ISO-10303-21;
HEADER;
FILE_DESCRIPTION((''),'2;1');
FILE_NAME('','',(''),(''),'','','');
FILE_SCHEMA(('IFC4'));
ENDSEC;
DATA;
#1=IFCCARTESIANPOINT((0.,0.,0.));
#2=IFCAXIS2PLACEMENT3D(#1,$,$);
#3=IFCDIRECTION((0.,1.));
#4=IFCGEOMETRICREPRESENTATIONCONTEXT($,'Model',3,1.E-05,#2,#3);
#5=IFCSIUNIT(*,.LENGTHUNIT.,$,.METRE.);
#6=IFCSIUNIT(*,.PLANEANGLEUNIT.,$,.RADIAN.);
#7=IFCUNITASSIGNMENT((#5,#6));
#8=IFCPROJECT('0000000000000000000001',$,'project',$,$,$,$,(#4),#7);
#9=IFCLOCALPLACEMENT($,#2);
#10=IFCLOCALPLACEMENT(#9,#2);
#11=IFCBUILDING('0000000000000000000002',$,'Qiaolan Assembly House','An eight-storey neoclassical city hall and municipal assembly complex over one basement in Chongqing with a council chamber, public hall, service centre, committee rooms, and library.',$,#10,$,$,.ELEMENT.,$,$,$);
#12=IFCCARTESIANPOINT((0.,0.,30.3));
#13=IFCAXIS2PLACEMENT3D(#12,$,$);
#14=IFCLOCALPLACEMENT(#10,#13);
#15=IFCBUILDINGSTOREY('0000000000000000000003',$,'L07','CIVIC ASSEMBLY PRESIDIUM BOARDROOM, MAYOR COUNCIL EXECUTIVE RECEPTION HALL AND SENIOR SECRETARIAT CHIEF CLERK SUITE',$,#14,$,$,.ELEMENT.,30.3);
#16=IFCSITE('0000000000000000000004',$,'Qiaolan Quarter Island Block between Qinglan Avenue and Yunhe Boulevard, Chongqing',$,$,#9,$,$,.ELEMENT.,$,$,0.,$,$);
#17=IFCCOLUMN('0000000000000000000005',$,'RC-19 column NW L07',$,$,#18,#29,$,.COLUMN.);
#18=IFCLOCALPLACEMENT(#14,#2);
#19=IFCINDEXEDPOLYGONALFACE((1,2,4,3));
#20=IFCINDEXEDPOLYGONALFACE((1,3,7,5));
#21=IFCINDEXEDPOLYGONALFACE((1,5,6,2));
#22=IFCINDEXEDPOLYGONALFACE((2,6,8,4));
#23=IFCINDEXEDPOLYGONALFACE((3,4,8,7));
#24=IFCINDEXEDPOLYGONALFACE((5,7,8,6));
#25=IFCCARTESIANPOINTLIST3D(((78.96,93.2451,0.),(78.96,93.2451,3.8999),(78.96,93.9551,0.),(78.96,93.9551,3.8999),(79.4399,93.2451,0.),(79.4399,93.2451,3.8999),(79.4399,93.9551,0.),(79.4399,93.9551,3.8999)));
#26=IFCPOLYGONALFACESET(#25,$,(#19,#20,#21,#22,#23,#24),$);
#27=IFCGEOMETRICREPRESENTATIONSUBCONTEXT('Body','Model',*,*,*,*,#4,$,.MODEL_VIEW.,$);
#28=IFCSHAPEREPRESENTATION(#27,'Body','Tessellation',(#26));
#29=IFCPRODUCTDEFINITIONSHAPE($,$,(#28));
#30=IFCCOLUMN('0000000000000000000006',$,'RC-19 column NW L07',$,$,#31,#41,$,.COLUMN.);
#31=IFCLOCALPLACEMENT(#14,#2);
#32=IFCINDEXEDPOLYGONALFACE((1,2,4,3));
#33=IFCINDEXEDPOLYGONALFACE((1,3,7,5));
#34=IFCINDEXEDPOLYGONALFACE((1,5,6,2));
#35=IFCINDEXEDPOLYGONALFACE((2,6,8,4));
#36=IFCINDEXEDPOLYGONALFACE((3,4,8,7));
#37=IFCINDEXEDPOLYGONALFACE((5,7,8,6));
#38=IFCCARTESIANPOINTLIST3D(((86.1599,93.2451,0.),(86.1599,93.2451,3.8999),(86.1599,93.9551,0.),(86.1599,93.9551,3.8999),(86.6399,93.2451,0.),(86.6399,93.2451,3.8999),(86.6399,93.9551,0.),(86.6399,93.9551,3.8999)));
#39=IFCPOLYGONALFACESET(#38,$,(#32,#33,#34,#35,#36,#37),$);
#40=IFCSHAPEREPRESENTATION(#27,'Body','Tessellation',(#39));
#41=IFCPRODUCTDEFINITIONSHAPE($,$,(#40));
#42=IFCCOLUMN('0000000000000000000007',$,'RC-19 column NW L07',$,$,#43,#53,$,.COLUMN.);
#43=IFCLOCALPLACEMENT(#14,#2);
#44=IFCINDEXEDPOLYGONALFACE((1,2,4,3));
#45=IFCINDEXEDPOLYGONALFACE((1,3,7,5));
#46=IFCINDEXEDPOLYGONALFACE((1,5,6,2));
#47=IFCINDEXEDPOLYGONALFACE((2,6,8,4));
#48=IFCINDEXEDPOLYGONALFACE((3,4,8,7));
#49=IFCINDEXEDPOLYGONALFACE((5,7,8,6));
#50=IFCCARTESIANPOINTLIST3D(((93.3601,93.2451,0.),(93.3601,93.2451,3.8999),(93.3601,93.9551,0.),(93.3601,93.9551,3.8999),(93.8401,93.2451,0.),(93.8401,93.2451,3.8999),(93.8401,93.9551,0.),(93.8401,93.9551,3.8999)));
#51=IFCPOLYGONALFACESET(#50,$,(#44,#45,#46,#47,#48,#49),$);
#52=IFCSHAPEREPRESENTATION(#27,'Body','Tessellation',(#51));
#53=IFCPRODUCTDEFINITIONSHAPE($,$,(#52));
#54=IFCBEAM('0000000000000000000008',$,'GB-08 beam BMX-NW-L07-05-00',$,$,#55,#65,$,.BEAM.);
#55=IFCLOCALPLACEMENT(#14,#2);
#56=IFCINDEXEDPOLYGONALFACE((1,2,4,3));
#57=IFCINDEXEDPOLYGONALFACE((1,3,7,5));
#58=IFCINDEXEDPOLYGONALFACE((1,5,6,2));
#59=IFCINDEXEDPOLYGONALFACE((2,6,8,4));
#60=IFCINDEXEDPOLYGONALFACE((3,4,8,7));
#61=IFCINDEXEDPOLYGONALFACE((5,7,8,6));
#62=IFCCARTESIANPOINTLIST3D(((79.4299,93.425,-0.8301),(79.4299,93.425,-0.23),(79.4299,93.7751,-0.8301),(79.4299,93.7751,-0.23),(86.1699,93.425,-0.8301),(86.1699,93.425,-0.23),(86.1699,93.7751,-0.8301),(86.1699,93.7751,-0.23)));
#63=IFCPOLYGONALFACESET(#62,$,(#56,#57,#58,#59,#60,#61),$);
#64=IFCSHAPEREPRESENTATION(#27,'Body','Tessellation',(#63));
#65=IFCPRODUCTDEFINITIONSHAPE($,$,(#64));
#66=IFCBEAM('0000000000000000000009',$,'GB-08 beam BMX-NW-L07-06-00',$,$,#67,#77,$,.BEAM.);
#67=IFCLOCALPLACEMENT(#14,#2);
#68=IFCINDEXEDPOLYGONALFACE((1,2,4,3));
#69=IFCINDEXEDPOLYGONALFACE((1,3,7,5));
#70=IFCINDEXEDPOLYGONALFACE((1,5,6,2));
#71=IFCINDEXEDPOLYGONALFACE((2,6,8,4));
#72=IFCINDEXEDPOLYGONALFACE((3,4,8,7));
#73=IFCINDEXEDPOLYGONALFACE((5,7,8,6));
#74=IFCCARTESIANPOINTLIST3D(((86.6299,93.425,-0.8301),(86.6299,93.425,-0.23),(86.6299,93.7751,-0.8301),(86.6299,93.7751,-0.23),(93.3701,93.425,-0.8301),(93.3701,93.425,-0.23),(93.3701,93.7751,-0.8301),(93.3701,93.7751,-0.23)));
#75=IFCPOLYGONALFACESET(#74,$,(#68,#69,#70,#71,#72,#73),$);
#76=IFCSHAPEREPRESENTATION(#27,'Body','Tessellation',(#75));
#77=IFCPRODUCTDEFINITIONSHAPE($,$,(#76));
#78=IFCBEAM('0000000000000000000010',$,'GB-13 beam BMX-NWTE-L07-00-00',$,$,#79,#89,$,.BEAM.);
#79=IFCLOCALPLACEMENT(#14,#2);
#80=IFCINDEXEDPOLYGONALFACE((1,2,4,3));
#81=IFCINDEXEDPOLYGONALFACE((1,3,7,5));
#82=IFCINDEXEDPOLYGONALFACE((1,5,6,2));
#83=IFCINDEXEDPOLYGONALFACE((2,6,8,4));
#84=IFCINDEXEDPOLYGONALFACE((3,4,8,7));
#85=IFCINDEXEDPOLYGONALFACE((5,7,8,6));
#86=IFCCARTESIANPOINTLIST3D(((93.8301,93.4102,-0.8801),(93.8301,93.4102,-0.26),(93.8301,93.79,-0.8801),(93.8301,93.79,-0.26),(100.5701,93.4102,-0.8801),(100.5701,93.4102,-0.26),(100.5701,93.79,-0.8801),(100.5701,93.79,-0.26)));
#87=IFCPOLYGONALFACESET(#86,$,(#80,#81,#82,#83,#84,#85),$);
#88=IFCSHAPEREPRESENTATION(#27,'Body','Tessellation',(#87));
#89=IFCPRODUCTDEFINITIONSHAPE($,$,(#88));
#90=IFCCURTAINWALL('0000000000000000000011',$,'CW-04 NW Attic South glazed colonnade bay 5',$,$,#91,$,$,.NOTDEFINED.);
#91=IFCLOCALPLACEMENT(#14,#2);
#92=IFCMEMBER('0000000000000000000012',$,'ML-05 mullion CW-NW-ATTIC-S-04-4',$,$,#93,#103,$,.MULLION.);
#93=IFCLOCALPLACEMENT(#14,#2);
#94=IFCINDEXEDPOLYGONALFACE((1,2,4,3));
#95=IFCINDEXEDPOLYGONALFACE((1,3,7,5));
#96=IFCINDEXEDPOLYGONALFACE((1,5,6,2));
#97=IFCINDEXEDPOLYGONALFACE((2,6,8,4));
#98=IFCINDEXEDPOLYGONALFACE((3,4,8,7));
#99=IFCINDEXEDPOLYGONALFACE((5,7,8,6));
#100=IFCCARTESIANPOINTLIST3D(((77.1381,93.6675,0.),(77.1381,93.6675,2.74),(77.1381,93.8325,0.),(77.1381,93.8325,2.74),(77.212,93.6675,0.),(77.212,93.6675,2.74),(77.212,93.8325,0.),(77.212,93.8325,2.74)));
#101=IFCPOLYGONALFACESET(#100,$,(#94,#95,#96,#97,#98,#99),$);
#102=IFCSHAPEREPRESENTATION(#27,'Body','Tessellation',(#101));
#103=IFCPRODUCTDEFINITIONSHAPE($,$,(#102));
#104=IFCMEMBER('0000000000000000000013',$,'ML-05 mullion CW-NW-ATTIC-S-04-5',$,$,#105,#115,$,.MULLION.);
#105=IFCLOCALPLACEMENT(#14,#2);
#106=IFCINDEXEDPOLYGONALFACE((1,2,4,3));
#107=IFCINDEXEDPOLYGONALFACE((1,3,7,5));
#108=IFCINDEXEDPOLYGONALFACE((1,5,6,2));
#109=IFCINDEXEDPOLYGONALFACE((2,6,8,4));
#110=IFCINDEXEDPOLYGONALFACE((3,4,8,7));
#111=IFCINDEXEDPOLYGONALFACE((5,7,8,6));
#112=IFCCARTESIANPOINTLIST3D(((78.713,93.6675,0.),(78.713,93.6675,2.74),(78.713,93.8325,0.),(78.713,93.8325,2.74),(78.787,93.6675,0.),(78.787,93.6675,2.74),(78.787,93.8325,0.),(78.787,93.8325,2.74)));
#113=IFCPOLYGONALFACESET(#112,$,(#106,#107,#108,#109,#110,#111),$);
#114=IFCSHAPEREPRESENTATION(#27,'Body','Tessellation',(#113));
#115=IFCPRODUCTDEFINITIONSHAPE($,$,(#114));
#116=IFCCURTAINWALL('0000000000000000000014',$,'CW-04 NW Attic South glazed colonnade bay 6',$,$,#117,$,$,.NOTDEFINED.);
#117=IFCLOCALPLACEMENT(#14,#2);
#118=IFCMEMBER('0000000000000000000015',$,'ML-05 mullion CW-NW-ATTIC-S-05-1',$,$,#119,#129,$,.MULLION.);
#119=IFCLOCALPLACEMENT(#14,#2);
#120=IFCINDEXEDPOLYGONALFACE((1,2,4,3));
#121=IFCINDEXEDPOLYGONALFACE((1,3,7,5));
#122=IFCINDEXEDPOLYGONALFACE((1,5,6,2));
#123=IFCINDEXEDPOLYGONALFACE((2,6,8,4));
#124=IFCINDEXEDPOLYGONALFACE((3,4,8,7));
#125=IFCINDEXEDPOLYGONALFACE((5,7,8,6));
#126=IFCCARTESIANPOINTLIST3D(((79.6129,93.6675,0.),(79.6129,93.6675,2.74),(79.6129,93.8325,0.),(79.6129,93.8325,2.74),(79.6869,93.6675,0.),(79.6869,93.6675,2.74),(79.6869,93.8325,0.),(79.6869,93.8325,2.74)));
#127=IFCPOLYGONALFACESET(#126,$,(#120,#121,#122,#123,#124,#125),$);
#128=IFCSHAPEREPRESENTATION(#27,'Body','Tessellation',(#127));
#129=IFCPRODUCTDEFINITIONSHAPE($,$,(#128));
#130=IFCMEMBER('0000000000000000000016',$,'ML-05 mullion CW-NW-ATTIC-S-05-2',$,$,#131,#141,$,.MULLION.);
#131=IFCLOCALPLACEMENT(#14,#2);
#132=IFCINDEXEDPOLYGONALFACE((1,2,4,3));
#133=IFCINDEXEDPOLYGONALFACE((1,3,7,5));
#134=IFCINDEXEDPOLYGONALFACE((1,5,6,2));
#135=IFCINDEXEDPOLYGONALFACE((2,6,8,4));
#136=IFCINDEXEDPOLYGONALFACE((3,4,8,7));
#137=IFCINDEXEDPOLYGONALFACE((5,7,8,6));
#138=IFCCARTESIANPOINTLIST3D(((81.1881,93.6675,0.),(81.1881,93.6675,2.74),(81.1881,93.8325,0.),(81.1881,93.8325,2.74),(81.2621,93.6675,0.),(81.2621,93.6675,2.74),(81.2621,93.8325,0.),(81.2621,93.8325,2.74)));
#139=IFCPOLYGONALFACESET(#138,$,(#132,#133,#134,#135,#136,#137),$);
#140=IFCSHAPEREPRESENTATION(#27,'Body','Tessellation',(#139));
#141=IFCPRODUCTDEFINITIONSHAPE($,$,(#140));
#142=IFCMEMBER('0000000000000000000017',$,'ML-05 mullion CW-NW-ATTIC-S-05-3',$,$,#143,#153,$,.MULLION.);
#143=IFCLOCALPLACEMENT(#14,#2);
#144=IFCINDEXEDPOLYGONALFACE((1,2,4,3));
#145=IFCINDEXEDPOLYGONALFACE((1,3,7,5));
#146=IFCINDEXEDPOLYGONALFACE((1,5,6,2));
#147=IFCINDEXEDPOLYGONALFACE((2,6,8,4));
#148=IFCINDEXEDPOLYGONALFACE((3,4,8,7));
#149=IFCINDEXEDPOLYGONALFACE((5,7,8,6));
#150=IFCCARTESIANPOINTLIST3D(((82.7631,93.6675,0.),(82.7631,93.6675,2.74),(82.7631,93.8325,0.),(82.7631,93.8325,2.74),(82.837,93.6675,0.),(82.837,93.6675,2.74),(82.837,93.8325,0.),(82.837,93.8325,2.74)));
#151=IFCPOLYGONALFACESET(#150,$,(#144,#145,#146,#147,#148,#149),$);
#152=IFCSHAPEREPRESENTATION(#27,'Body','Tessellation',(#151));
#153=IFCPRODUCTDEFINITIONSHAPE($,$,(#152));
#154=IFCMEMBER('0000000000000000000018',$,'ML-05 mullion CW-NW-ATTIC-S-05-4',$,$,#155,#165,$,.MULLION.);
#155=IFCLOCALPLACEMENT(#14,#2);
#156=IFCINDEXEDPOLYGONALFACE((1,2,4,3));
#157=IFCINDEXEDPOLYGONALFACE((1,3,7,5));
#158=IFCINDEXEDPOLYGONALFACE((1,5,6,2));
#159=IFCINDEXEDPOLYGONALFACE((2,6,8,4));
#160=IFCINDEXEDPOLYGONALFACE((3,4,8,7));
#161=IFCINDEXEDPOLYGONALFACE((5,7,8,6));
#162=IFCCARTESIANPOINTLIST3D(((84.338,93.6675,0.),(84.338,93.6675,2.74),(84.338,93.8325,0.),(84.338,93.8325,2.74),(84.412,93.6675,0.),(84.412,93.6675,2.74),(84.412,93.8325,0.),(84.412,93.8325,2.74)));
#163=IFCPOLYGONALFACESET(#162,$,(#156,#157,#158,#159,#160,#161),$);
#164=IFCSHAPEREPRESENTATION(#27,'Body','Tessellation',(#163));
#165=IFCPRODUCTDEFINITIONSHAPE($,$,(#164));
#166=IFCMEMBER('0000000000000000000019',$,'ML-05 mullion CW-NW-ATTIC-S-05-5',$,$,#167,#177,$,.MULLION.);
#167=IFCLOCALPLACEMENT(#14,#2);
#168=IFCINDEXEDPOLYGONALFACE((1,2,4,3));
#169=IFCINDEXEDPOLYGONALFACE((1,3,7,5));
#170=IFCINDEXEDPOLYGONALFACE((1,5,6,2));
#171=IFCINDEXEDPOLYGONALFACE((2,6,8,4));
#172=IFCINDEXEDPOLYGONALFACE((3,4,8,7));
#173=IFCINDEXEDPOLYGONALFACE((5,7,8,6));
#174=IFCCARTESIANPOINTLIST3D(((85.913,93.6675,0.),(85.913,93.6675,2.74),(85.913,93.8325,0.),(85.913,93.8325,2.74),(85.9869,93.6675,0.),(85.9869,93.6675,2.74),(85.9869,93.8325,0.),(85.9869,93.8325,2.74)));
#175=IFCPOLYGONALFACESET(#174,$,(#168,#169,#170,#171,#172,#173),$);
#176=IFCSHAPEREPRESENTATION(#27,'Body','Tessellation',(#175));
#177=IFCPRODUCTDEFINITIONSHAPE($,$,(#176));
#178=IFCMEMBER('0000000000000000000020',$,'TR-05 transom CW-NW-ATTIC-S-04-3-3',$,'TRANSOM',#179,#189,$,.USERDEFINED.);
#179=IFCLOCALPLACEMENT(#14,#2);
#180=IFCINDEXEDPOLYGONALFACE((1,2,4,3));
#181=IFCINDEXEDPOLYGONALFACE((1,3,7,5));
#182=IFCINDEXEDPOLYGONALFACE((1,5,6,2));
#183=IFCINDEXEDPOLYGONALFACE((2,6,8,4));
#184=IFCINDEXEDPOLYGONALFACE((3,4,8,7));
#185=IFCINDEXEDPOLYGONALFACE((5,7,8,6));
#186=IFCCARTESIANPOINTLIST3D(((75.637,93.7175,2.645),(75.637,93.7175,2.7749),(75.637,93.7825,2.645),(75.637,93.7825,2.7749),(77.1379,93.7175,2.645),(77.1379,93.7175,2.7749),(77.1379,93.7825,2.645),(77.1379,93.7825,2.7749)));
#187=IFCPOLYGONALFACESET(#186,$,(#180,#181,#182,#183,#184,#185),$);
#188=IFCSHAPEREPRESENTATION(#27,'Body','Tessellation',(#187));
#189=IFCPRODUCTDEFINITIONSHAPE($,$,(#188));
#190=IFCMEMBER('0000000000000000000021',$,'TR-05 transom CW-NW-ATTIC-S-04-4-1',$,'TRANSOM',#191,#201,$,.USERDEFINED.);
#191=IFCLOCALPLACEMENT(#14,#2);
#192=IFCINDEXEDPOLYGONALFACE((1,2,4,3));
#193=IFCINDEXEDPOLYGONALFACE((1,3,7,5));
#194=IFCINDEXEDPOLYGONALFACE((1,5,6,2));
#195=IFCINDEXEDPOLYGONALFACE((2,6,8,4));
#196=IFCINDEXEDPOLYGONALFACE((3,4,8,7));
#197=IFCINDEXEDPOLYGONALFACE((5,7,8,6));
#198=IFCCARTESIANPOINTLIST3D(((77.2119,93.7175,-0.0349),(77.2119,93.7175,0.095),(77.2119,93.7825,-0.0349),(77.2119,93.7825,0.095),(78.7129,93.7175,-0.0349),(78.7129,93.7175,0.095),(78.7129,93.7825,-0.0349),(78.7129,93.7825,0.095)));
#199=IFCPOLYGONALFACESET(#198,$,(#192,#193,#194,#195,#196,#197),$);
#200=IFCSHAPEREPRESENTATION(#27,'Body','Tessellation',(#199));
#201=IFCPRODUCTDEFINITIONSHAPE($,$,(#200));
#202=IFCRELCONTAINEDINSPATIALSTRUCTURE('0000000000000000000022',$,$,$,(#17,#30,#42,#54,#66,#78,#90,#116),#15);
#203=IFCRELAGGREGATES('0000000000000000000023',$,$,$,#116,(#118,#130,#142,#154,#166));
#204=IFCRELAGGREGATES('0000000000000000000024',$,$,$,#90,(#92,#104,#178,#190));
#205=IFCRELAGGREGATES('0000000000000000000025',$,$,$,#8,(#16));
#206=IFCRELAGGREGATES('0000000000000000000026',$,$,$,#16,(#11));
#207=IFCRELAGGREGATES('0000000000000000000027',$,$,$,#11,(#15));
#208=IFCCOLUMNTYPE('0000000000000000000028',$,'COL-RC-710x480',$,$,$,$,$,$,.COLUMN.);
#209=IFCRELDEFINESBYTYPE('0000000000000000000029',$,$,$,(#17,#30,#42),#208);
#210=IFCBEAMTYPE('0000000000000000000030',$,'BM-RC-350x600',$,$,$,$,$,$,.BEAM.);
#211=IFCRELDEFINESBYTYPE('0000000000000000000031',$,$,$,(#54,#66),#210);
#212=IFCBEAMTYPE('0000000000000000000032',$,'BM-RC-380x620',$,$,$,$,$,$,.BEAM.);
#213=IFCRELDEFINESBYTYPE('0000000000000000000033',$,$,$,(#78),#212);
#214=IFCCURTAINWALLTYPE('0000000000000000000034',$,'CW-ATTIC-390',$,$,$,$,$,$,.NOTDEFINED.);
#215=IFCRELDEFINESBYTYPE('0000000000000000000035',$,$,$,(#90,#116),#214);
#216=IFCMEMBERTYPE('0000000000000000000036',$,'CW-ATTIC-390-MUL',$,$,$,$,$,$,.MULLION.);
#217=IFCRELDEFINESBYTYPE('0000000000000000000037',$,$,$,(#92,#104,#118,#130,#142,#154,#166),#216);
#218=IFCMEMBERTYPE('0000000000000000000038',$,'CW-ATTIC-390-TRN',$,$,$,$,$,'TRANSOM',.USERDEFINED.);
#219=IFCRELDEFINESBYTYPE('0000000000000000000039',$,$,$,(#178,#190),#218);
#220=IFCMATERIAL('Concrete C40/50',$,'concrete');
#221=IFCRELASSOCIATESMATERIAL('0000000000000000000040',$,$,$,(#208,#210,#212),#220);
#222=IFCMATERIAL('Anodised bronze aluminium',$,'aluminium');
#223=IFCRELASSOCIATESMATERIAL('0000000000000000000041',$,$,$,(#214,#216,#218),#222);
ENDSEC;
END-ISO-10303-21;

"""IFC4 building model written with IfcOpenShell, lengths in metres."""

from ifc_helpers import new_model, si_unit, direction, frame, origin, origin_2d, place, context, subcontext, project, spatial, rectangle, extrude, material, material_profile, profile_set, type_object, element, aggregate, save


model = new_model("IFC4")

# Units and contexts
model_context = context("Model", 3, precision=1e-05, world=origin(), true_north=direction((0.0, 1.0)))
body_context = subcontext(model_context, "Body", "Model", "MODEL_VIEW")
ifc_project = project(units=[si_unit("LENGTHUNIT", "METRE"), si_unit("PLANEANGLEUNIT", "RADIAN")], contexts=[model_context])

# Site, building, storey
site_placement = place(None, origin())
site = spatial("IfcSite", under=ifc_project, at=site_placement, Name="Qiaolan Quarter Island Block between Qinglan Avenue and Yunhe Boulevard, Chongqing", CompositionType="ELEMENT", RefElevation=0.0)
building_placement = place(site_placement, origin())
building = spatial("IfcBuilding", under=site, at=building_placement, Name="Qiaolan Assembly House", Description="An eight-storey neoclassical city hall and municipal assembly complex over one basement in Chongqing with a council chamber, public hall, service centre, committee rooms, and library.", CompositionType="ELEMENT")
storey_placement = place(building_placement, frame((0.0, 0.0, 30.3)))
storey = spatial("IfcBuildingStorey", under=building, at=storey_placement, Name="L07", Description="CIVIC ASSEMBLY PRESIDIUM BOARDROOM, MAYOR COUNCIL EXECUTIVE RECEPTION HALL AND SENIOR SECRETARIAT CHIEF CLERK SUITE", CompositionType="ELEMENT", Elevation=30.3)

# Columns
ifc_material_1 = material(Name="Concrete C40/50", Category="concrete")
ifc_material_profile_1 = material_profile(ifc_material_1, rectangle(XDim=0.48, YDim=0.71, at=origin_2d()), Name="RC 710x480")
ifc_profile_set_1 = profile_set([ifc_material_profile_1], Name="Concrete C40/50")
column_type = type_object("IfcColumnType", Name="COL-RC-710x480", PredefinedType="COLUMN", material=ifc_profile_set_1)
for number, where, z_axis, x_axis, name in (
    (1, (79.2, 93.6001, 0.0), (0.0, 0.0, 1.0), (1.0, 0.0, 0.0), "RC-19 column NW L07"),
    (2, (86.3999, 93.6001, 0.0), (0.0, 0.0, 1.0), (1.0, 0.0, 0.0), "RC-19 column NW L07"),
    (3, (93.6001, 93.6001, 0.0), (0.0, 0.0, 1.0), (1.0, 0.0, 0.0), "RC-19 column NW L07"),
):
    element("IfcColumn", number, at=place(storey_placement, frame(where, z_axis=z_axis, x_axis=x_axis)), inside=storey, type_object=column_type, Name=name, PredefinedType="COLUMN", context=body_context, shape_type="SweptSolid", body=[
        extrude(rectangle(XDim=0.48, YDim=0.71, at=origin_2d()), origin(), (0.0, 0.0, 1.0), 3.8999),
    ])

# Beams
ifc_material_profile_2 = material_profile(ifc_material_1, rectangle(XDim=0.3501, YDim=0.6001, at=origin_2d()), Name="RCB 350x600")
ifc_profile_set_2 = profile_set([ifc_material_profile_2], Name="Concrete C40/50")
beam_type_1 = type_object("IfcBeamType", Name="BM-RC-350x600", PredefinedType="BEAM", material=ifc_profile_set_2)
beam_1_placement = place(storey_placement, frame((79.4299, 93.6001, -0.53), z_axis=(1.0, 0.0, 0.0), x_axis=(0.0, 1.0, 0.0)))
element("IfcBeam", 4, at=beam_1_placement, inside=storey, type_object=beam_type_1, Name="GB-08 beam BMX-NW-L07-05-00", PredefinedType="BEAM", context=body_context, shape_type="SweptSolid", body=[
    extrude(rectangle(XDim=0.3501, YDim=0.6001, at=origin_2d()), origin(), (0.0, 0.0, 1.0), 6.74),
])
beam_2_placement = place(storey_placement, frame((86.6299, 93.6001, -0.53), z_axis=(1.0, 0.0, 0.0), x_axis=(0.0, 1.0, 0.0)))
element("IfcBeam", 5, at=beam_2_placement, inside=storey, type_object=beam_type_1, Name="GB-08 beam BMX-NW-L07-06-00", PredefinedType="BEAM", context=body_context, shape_type="SweptSolid", body=[
    extrude(rectangle(XDim=0.3501, YDim=0.6001, at=origin_2d()), origin(), (0.0, 0.0, 1.0), 6.7402),
])
ifc_material_profile_3 = material_profile(ifc_material_1, rectangle(XDim=0.3799, YDim=0.6201, at=origin_2d()), Name="RCB 380x620")
ifc_profile_set_3 = profile_set([ifc_material_profile_3], Name="Concrete C40/50")
beam_type_2 = type_object("IfcBeamType", Name="BM-RC-380x620", PredefinedType="BEAM", material=ifc_profile_set_3)
beam_3_placement = place(storey_placement, frame((93.8301, 93.6001, -0.5701), z_axis=(1.0, 0.0, 0.0), x_axis=(0.0, 1.0, 0.0)))
element("IfcBeam", 6, at=beam_3_placement, inside=storey, type_object=beam_type_2, Name="GB-13 beam BMX-NWTE-L07-00-00", PredefinedType="BEAM", context=body_context, shape_type="SweptSolid", body=[
    extrude(rectangle(XDim=0.3799, YDim=0.6201, at=origin_2d()), origin(), (0.0, 0.0, 1.0), 6.74),
])

# Curtain walls, members
ifc_material_2 = material(Name="Anodised bronze aluminium", Category="aluminium")
curtain_wall_type = type_object("IfcCurtainWallType", Name="CW-ATTIC-390", PredefinedType="NOTDEFINED", material=ifc_material_2)
curtain_wall_1_placement = place(storey_placement, origin())
curtain_wall_1 = element("IfcCurtainWall", 7, at=curtain_wall_1_placement, inside=storey, type_object=curtain_wall_type, Name="CW-04 NW Attic South glazed colonnade bay 5", PredefinedType="NOTDEFINED")
ifc_material_profile_4 = material_profile(ifc_material_2, rectangle(XDim=0.074, YDim=0.165, at=origin_2d()), Name="MUL 74x165")
ifc_profile_set_4 = profile_set([ifc_material_profile_4], Name="Anodised bronze aluminium")
member_type_1 = type_object("IfcMemberType", Name="CW-ATTIC-390-MUL", PredefinedType="MULLION", material=ifc_profile_set_4)
member_1_placement = place(storey_placement, frame((77.175, 93.75, 0.0), z_axis=(0.0, 0.0, 1.0), x_axis=(1.0, 0.0, 0.0)))
member_1 = element("IfcMember", 8, at=member_1_placement, type_object=member_type_1, Name="ML-05 mullion CW-NW-ATTIC-S-04-4", PredefinedType="MULLION", context=body_context, shape_type="SweptSolid", body=[
    extrude(rectangle(XDim=0.074, YDim=0.165, at=origin_2d()), origin(), (0.0, 0.0, 1.0), 2.74),
])
member_2_placement = place(storey_placement, frame((78.75, 93.75, 0.0), z_axis=(0.0, 0.0, 1.0), x_axis=(1.0, 0.0, 0.0)))
member_2 = element("IfcMember", 9, at=member_2_placement, type_object=member_type_1, Name="ML-05 mullion CW-NW-ATTIC-S-04-5", PredefinedType="MULLION", context=body_context, shape_type="SweptSolid", body=[
    extrude(rectangle(XDim=0.074, YDim=0.165, at=origin_2d()), origin(), (0.0, 0.0, 1.0), 2.74),
])
curtain_wall_2_placement = place(storey_placement, origin())
curtain_wall_2 = element("IfcCurtainWall", 10, at=curtain_wall_2_placement, inside=storey, type_object=curtain_wall_type, Name="CW-04 NW Attic South glazed colonnade bay 6", PredefinedType="NOTDEFINED")
member_3_placement = place(storey_placement, frame((79.6499, 93.75, 0.0), z_axis=(0.0, 0.0, 1.0), x_axis=(1.0, 0.0, 0.0)))
member_3 = element("IfcMember", 11, at=member_3_placement, type_object=member_type_1, Name="ML-05 mullion CW-NW-ATTIC-S-05-1", PredefinedType="MULLION", context=body_context, shape_type="SweptSolid", body=[
    extrude(rectangle(XDim=0.074, YDim=0.165, at=origin_2d()), origin(), (0.0, 0.0, 1.0), 2.74),
])
member_4_placement = place(storey_placement, frame((81.2251, 93.75, 0.0), z_axis=(0.0, 0.0, 1.0), x_axis=(1.0, 0.0, 0.0)))
member_4 = element("IfcMember", 12, at=member_4_placement, type_object=member_type_1, Name="ML-05 mullion CW-NW-ATTIC-S-05-2", PredefinedType="MULLION", context=body_context, shape_type="SweptSolid", body=[
    extrude(rectangle(XDim=0.074, YDim=0.165, at=origin_2d()), origin(), (0.0, 0.0, 1.0), 2.74),
])
member_5_placement = place(storey_placement, frame((82.8, 93.75, 0.0), z_axis=(0.0, 0.0, 1.0), x_axis=(1.0, 0.0, 0.0)))
member_5 = element("IfcMember", 13, at=member_5_placement, type_object=member_type_1, Name="ML-05 mullion CW-NW-ATTIC-S-05-3", PredefinedType="MULLION", context=body_context, shape_type="SweptSolid", body=[
    extrude(rectangle(XDim=0.074, YDim=0.165, at=origin_2d()), origin(), (0.0, 0.0, 1.0), 2.74),
])
member_6_placement = place(storey_placement, frame((84.375, 93.75, 0.0), z_axis=(0.0, 0.0, 1.0), x_axis=(1.0, 0.0, 0.0)))
member_6 = element("IfcMember", 14, at=member_6_placement, type_object=member_type_1, Name="ML-05 mullion CW-NW-ATTIC-S-05-4", PredefinedType="MULLION", context=body_context, shape_type="SweptSolid", body=[
    extrude(rectangle(XDim=0.074, YDim=0.165, at=origin_2d()), origin(), (0.0, 0.0, 1.0), 2.74),
])
member_7_placement = place(storey_placement, frame((85.95, 93.75, 0.0), z_axis=(0.0, 0.0, 1.0), x_axis=(1.0, 0.0, 0.0)))
member_7 = element("IfcMember", 15, at=member_7_placement, type_object=member_type_1, Name="ML-05 mullion CW-NW-ATTIC-S-05-5", PredefinedType="MULLION", context=body_context, shape_type="SweptSolid", body=[
    extrude(rectangle(XDim=0.074, YDim=0.165, at=origin_2d()), origin(), (0.0, 0.0, 1.0), 2.74),
])

# Members
ifc_material_profile_5 = material_profile(ifc_material_2, rectangle(XDim=0.0649, YDim=0.1299, at=origin_2d()), Name="TRN 65x130")
ifc_profile_set_5 = profile_set([ifc_material_profile_5], Name="Anodised bronze aluminium")
member_type_2 = type_object("IfcMemberType", Name="CW-ATTIC-390-TRN", ElementType="TRANSOM", PredefinedType="USERDEFINED", material=ifc_profile_set_5)
member_8_placement = place(storey_placement, frame((75.637, 93.75, 2.71), z_axis=(1.0, 0.0, 0.0), x_axis=(0.0, 1.0, 0.0)))
member_8 = element("IfcMember", 16, at=member_8_placement, type_object=member_type_2, Name="TR-05 transom CW-NW-ATTIC-S-04-3-3", ObjectType="TRANSOM", PredefinedType="USERDEFINED", context=body_context, shape_type="SweptSolid", body=[
    extrude(rectangle(XDim=0.0649, YDim=0.1299, at=origin_2d()), origin(), (0.0, 0.0, 1.0), 1.501),
])
member_9_placement = place(storey_placement, frame((77.2119, 93.75, 0.03), z_axis=(1.0, 0.0, 0.0), x_axis=(0.0, 1.0, 0.0)))
member_9 = element("IfcMember", 17, at=member_9_placement, type_object=member_type_2, Name="TR-05 transom CW-NW-ATTIC-S-04-4-1", ObjectType="TRANSOM", PredefinedType="USERDEFINED", context=body_context, shape_type="SweptSolid", body=[
    extrude(rectangle(XDim=0.0649, YDim=0.1299, at=origin_2d()), origin(), (0.0, 0.0, 1.0), 1.501),
])
aggregate(curtain_wall_2, [member_3, member_4, member_5, member_6, member_7])

aggregate(curtain_wall_1, [member_1, member_2, member_8, member_9])

save(model, "model.ifc")
